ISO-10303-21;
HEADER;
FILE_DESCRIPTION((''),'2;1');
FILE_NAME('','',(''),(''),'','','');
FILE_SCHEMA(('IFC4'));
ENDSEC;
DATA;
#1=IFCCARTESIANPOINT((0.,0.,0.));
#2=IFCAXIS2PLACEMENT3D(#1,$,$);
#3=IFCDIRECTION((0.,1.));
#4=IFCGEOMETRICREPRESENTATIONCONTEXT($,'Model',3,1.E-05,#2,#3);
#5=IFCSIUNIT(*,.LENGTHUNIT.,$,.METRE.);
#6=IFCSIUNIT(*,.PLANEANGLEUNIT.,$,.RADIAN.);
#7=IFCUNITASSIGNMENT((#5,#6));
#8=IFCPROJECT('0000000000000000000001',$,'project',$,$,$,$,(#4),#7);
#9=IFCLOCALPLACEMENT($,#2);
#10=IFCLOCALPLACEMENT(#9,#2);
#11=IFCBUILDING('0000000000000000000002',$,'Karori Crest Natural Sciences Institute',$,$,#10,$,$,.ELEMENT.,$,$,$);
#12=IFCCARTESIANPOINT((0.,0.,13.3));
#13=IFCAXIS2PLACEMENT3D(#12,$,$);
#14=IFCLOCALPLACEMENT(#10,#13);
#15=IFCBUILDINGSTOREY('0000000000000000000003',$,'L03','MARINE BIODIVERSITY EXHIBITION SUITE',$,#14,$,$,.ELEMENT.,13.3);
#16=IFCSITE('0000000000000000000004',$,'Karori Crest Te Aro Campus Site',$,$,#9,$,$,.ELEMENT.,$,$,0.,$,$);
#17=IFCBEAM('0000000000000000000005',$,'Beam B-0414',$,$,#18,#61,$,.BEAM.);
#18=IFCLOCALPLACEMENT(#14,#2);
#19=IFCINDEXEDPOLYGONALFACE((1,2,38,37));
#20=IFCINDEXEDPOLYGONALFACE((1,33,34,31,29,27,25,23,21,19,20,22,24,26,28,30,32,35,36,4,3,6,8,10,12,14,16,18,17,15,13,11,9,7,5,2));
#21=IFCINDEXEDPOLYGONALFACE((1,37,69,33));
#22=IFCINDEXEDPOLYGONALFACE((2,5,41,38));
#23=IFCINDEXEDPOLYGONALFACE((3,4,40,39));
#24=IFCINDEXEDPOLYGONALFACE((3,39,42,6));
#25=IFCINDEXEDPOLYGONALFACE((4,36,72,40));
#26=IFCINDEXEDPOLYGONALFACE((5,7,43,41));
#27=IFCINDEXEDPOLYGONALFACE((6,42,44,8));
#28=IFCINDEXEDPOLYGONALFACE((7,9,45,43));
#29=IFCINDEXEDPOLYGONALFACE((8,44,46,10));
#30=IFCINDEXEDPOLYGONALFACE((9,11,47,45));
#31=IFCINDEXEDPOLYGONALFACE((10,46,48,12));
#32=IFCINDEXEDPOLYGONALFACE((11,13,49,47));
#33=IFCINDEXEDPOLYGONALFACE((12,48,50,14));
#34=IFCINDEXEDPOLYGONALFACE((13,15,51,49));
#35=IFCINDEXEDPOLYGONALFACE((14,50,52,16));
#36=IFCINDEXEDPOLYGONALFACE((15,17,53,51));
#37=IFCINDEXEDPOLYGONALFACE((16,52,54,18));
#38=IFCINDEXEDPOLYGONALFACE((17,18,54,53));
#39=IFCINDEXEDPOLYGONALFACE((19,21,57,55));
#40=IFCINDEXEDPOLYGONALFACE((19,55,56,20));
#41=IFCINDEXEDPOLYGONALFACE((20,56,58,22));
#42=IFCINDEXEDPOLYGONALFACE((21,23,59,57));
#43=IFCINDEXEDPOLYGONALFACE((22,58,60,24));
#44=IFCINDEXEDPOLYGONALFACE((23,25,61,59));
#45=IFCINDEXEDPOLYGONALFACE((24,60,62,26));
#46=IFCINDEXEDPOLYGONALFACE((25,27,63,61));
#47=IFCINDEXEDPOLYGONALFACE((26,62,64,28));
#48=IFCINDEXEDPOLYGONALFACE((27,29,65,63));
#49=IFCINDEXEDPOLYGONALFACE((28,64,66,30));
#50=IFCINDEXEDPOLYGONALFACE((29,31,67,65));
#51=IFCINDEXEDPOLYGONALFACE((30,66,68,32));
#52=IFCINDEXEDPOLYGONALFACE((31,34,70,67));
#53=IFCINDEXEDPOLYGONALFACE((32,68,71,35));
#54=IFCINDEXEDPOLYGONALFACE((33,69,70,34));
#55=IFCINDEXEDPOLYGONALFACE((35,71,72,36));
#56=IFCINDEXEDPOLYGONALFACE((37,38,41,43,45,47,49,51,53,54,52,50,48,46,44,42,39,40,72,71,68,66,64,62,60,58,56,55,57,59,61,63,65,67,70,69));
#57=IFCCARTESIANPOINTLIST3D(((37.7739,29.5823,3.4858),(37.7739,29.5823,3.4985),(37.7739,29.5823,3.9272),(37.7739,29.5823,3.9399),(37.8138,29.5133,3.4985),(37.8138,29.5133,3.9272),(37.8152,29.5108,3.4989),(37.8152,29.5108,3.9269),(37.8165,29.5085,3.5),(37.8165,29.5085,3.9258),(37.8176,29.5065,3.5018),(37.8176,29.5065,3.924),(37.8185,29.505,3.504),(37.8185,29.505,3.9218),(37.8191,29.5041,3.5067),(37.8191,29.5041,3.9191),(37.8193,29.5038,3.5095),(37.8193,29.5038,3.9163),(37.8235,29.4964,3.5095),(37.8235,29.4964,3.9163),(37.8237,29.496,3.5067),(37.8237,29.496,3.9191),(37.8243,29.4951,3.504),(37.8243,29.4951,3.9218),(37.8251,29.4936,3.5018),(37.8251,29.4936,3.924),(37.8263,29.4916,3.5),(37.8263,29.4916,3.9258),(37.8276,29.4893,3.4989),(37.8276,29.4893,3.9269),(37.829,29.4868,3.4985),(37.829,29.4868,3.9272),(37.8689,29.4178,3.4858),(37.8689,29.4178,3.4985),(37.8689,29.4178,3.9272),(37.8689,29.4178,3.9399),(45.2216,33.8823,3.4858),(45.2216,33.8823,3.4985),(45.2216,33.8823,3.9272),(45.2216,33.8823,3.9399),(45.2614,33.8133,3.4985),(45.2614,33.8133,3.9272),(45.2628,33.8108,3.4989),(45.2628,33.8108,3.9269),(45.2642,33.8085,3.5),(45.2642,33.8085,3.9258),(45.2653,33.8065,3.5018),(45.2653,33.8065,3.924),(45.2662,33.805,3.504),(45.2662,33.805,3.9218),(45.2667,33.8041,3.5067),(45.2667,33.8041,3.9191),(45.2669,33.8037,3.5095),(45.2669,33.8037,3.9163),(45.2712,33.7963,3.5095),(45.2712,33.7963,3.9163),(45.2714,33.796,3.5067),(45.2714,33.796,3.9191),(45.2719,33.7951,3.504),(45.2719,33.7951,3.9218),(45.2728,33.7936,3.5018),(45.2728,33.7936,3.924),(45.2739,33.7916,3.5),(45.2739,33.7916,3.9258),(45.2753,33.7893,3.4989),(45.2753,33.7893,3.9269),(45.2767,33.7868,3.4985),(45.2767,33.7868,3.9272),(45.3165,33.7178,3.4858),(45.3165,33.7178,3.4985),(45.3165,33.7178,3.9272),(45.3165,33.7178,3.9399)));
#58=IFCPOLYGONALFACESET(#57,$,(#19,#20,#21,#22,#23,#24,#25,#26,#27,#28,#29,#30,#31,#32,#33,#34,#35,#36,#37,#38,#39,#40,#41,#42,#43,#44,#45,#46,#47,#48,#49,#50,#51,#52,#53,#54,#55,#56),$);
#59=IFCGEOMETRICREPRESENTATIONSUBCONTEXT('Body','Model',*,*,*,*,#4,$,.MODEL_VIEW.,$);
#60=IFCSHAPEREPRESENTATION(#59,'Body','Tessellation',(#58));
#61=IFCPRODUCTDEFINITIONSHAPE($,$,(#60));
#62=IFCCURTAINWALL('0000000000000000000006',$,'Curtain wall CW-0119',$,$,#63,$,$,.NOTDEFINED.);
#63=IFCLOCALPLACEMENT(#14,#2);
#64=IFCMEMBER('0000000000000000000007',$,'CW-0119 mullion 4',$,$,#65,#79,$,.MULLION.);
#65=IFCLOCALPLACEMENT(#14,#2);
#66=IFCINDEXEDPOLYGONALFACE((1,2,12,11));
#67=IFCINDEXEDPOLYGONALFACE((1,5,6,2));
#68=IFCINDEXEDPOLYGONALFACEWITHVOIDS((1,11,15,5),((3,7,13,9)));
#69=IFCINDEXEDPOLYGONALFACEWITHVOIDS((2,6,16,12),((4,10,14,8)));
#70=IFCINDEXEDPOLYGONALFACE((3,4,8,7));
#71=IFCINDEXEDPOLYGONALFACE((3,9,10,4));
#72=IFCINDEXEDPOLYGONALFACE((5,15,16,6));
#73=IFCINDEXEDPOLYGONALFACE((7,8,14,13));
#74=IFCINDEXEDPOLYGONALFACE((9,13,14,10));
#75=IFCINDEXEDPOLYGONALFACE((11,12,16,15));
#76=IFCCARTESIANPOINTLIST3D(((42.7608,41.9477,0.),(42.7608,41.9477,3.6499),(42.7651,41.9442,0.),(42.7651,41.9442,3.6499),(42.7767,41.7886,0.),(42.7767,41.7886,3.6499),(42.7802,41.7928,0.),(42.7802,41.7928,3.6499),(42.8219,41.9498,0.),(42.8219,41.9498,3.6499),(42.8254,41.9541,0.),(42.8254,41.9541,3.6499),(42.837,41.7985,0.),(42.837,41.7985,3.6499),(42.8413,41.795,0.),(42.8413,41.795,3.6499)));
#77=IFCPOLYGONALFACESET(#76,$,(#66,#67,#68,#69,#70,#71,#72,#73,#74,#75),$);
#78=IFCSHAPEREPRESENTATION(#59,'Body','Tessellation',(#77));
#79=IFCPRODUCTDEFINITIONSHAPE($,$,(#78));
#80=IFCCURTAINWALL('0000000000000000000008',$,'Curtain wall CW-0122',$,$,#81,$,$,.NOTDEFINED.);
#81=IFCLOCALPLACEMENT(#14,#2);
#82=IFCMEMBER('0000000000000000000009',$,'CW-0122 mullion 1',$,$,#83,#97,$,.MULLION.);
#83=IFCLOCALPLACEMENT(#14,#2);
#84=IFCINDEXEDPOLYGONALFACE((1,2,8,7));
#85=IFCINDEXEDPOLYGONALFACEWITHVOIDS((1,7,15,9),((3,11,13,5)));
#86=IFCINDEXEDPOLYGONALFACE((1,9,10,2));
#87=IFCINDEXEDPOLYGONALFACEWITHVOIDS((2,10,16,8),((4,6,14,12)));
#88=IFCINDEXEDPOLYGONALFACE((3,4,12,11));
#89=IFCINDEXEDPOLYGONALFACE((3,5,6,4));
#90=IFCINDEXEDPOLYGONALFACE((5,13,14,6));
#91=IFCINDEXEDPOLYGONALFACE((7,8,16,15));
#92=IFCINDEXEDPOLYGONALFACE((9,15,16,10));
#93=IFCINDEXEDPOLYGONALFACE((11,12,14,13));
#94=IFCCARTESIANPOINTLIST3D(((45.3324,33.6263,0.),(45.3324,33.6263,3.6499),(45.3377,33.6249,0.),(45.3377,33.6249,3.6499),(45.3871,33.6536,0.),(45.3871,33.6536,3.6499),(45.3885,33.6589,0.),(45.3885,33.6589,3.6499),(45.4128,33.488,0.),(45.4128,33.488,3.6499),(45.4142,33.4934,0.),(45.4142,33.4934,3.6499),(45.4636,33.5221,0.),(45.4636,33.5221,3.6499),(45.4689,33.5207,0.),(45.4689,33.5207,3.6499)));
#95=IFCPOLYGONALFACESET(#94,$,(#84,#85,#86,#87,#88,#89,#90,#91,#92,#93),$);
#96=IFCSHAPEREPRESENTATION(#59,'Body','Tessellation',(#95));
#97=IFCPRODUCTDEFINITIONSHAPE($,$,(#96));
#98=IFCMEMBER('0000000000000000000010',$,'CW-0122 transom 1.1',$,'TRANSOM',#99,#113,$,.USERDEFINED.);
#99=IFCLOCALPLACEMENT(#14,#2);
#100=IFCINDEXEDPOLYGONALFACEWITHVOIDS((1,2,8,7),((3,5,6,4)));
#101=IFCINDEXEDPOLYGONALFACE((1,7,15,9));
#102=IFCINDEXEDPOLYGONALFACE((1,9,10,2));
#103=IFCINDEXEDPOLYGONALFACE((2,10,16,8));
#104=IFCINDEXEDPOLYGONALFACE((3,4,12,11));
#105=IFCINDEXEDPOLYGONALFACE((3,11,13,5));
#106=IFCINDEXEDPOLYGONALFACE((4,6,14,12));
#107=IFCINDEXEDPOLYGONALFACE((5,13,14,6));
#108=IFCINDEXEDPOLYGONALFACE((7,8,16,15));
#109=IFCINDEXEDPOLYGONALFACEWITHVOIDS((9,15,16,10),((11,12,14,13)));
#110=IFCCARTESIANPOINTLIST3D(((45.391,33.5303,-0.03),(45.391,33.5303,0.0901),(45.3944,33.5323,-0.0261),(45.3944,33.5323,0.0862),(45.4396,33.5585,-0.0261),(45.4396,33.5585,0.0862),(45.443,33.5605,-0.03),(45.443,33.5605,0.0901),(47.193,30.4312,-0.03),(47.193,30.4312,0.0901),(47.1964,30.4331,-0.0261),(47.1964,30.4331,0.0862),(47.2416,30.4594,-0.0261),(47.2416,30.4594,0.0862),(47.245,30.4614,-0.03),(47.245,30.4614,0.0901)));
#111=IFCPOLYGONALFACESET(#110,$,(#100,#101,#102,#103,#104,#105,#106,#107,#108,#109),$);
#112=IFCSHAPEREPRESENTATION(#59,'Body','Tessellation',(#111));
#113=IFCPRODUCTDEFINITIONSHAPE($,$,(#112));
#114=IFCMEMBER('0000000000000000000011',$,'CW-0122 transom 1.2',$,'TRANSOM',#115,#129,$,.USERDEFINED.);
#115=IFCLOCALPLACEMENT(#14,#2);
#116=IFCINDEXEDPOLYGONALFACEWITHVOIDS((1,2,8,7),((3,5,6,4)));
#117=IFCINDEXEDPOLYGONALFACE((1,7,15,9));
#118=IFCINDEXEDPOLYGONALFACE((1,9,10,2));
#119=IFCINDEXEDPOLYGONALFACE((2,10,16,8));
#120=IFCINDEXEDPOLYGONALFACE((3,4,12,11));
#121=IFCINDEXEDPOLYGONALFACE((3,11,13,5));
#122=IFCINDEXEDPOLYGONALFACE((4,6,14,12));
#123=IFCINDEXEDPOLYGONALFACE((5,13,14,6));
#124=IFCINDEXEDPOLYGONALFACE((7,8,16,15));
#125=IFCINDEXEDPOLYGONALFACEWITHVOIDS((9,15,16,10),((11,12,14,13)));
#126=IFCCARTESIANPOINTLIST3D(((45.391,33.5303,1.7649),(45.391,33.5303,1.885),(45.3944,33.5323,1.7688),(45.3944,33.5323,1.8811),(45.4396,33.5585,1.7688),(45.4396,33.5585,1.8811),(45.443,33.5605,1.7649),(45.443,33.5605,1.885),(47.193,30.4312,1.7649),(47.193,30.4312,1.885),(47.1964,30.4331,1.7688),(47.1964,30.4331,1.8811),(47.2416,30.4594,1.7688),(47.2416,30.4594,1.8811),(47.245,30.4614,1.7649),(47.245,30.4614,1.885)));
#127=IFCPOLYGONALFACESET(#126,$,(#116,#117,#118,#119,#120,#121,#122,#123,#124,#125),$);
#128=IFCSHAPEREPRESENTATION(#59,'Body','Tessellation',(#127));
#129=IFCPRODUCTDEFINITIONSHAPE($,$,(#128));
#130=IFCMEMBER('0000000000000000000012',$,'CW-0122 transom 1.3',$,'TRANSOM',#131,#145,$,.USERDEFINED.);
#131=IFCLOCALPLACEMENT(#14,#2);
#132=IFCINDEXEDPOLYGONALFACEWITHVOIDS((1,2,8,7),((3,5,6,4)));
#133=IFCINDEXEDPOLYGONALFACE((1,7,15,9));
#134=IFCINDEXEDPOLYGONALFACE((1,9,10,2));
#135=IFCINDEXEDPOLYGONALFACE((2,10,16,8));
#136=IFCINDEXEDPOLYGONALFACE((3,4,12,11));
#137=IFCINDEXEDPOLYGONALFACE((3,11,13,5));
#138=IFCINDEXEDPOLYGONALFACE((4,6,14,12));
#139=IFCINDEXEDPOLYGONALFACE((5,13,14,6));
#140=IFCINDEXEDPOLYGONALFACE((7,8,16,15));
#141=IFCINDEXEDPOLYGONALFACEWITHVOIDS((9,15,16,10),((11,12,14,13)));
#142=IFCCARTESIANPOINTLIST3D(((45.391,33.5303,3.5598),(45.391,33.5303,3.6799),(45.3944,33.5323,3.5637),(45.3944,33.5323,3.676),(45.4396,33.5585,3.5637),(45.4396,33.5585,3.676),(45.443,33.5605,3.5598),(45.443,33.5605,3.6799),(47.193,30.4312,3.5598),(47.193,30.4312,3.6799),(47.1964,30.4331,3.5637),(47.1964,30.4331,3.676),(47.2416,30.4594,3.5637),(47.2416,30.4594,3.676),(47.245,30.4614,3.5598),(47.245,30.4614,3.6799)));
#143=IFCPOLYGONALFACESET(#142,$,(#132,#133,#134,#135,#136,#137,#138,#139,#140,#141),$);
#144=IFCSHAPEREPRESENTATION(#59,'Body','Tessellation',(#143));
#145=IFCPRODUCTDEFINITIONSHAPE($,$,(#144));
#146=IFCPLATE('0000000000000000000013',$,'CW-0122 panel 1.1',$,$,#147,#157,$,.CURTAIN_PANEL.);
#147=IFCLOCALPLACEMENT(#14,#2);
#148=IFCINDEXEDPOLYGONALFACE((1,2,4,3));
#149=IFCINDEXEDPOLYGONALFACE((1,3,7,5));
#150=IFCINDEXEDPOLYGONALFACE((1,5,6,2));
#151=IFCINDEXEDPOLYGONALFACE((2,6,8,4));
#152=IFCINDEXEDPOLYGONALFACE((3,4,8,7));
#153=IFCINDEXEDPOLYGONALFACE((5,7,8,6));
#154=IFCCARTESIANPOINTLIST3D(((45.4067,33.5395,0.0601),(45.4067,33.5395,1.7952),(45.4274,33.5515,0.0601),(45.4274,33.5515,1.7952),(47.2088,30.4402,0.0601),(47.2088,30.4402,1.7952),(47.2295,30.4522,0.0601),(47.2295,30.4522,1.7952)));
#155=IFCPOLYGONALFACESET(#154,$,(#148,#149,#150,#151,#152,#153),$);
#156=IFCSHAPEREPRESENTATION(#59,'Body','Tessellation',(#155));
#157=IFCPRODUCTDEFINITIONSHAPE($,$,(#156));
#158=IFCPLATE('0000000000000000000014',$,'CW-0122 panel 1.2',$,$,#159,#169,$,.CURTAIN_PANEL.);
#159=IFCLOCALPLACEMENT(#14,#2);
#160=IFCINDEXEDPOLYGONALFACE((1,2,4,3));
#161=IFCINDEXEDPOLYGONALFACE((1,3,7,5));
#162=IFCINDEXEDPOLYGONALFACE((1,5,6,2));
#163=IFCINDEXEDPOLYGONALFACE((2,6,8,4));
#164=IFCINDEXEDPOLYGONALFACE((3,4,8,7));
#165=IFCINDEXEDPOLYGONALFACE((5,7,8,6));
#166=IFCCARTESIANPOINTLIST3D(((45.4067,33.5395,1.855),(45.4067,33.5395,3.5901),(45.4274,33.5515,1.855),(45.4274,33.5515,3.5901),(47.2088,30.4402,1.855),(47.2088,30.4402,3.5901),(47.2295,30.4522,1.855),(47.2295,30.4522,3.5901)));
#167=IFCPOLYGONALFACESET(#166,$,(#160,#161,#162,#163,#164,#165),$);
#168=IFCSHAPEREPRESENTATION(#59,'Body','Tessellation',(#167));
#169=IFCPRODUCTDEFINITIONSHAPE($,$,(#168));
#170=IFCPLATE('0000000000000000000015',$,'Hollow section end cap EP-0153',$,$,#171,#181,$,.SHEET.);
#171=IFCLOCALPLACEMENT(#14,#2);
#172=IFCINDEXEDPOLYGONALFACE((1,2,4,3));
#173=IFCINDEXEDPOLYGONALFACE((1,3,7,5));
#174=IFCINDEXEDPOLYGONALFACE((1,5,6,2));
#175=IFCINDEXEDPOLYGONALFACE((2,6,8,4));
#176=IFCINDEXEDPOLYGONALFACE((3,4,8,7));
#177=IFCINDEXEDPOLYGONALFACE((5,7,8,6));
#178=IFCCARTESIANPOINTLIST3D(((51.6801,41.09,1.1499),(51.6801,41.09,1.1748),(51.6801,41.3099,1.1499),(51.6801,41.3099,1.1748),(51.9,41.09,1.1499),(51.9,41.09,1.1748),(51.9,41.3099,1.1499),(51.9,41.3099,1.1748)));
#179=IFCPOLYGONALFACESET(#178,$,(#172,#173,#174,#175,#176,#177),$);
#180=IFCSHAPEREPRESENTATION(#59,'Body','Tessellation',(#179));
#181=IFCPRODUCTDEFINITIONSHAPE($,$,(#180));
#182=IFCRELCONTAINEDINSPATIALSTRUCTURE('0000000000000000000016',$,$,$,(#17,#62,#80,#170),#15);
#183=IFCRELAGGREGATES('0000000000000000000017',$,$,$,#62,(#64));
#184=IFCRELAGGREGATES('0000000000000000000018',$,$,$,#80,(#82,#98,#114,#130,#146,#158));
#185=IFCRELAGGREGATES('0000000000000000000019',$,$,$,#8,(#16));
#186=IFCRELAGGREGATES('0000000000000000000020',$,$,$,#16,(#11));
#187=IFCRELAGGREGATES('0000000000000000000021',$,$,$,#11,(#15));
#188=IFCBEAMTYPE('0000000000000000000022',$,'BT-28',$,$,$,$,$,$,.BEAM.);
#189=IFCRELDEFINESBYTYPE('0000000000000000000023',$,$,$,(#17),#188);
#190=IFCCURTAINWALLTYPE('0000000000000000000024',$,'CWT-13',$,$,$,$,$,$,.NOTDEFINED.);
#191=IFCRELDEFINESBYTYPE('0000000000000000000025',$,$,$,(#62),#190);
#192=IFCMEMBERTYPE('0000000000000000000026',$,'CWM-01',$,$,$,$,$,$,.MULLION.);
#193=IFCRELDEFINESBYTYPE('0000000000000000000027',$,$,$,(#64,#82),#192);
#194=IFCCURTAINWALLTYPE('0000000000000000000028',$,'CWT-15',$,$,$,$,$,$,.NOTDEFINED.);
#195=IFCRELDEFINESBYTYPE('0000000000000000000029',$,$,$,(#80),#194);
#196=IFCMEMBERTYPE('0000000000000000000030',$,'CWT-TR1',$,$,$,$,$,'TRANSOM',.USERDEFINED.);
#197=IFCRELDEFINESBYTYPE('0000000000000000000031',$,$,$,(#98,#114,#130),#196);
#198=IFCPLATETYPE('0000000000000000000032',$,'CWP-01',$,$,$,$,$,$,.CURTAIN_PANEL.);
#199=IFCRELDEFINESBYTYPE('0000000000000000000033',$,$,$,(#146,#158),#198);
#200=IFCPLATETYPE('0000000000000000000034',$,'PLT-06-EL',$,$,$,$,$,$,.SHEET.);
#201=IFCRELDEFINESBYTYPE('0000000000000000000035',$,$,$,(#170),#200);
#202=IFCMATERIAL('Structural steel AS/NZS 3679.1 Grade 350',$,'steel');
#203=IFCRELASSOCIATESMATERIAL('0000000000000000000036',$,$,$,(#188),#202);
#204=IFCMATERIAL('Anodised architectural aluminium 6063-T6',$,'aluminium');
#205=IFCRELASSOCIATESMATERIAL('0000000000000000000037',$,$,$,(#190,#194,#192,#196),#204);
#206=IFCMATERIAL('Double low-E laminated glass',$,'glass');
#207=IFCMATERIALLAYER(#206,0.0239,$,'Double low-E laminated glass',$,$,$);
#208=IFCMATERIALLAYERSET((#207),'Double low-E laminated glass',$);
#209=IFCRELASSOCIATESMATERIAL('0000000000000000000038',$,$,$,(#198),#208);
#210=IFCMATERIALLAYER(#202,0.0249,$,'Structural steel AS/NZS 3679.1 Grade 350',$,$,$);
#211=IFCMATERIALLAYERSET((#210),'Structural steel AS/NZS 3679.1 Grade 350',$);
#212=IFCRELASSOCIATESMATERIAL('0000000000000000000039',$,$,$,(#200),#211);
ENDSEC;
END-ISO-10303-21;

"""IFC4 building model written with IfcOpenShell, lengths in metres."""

from ifc_helpers import new_model, si_unit, direction, frame, origin, origin_2d, place, context, subcontext, project, spatial, rectangle, hollow_rectangle, i_section, extrude, material, layer, layer_set, material_profile, profile_set, type_object, element, aggregate, save


model = new_model("IFC4")

# Units and contexts
model_context = context("Model", 3, precision=1e-05, world=origin(), true_north=direction((0.0, 1.0)))
body_context = subcontext(model_context, "Body", "Model", "MODEL_VIEW")
ifc_project = project(units=[si_unit("LENGTHUNIT", "METRE"), si_unit("PLANEANGLEUNIT", "RADIAN")], contexts=[model_context])

# Site, building, storey
site_placement = place(None, origin())
site = spatial("IfcSite", under=ifc_project, at=site_placement, Name="Karori Crest Te Aro Campus Site", CompositionType="ELEMENT", RefElevation=0.0)
building_placement = place(site_placement, origin())
building = spatial("IfcBuilding", under=site, at=building_placement, Name="Karori Crest Natural Sciences Institute", CompositionType="ELEMENT")
storey_placement = place(building_placement, frame((0.0, 0.0, 13.3)))
storey = spatial("IfcBuildingStorey", under=building, at=storey_placement, Name="L03", Description="MARINE BIODIVERSITY EXHIBITION SUITE", CompositionType="ELEMENT", Elevation=13.3)

# Beam
ifc_material_1 = material(Name="Structural steel AS/NZS 3679.1 Grade 350", Category="steel")
ifc_material_profile_1 = material_profile(ifc_material_1, i_section(OverallWidth=0.1899, OverallDepth=0.4541, WebThickness=0.0085, FlangeThickness=0.0127, FilletRadius=0.011, at=origin_2d()), Name="460UB67.1")
ifc_profile_set_1 = profile_set([ifc_material_profile_1], Name="Structural steel AS/NZS 3679.1 Grade 350")
beam_type_1 = type_object("IfcBeamType", Name="BT-28", PredefinedType="BEAM", material=ifc_profile_set_1)
beam_1_placement = place(storey_placement, frame((45.269, 33.8, 3.7129), z_axis=(-0.866021, -0.500008, 0.0), x_axis=(0.500008, -0.866021, 0.0)))
element("IfcBeam", 1, at=beam_1_placement, inside=storey, type_object=beam_type_1, Name="Beam B-0414", PredefinedType="BEAM", context=body_context, shape_type="SweptSolid", body=[
    extrude(i_section(OverallWidth=0.1899, OverallDepth=0.4541, WebThickness=0.0085, FlangeThickness=0.0127, FilletRadius=0.011, at=origin_2d()), origin(), (0.0, 0.0, 1.0), 8.5999),
])

# Curtain wall, member
ifc_material_2 = material(Name="Anodised architectural aluminium 6063-T6", Category="aluminium")
curtain_wall_type_1 = type_object("IfcCurtainWallType", Name="CWT-13", PredefinedType="NOTDEFINED", material=ifc_material_2)
curtain_wall_1_placement = place(storey_placement, origin())
curtain_wall_1 = element("IfcCurtainWall", 2, at=curtain_wall_1_placement, inside=storey, type_object=curtain_wall_type_1, Name="Curtain wall CW-0119", PredefinedType="NOTDEFINED")
ifc_material_profile_2 = material_profile(ifc_material_2, hollow_rectangle(XDim=0.0649, YDim=0.1599, WallThickness=0.0039, at=origin_2d()), Name="CWM160x65x4")
ifc_profile_set_2 = profile_set([ifc_material_profile_2], Name="Anodised architectural aluminium 6063-T6")
member_type_1 = type_object("IfcMemberType", Name="CWM-01", PredefinedType="MULLION", material=ifc_profile_set_2)
member_1_placement = place(storey_placement, frame((42.801, 41.8713, 0.0), z_axis=(0.0, 0.0, 1.0), x_axis=(0.995061, 0.099268, 0.0)))
member_1 = element("IfcMember", 3, at=member_1_placement, type_object=member_type_1, Name="CW-0119 mullion 4", PredefinedType="MULLION", context=body_context, shape_type="SweptSolid", body=[
    extrude(hollow_rectangle(XDim=0.0649, YDim=0.1599, WallThickness=0.0039, at=origin_2d()), origin(), (0.0, 0.0, 1.0), 3.6499),
])
aggregate(curtain_wall_1, [member_1])

# Curtain wall, members, plates
curtain_wall_type_2 = type_object("IfcCurtainWallType", Name="CWT-15", PredefinedType="NOTDEFINED", material=ifc_material_2)
curtain_wall_2_placement = place(storey_placement, origin())
curtain_wall_2 = element("IfcCurtainWall", 4, at=curtain_wall_2_placement, inside=storey, type_object=curtain_wall_type_2, Name="Curtain wall CW-0122", PredefinedType="NOTDEFINED")
member_2_placement = place(storey_placement, frame((45.4006, 33.5735, 0.0), z_axis=(0.0, 0.0, 1.0), x_axis=(0.864487, 0.502655, 0.0)))
member_2 = element("IfcMember", 5, at=member_2_placement, type_object=member_type_1, Name="CW-0122 mullion 1", PredefinedType="MULLION", context=body_context, shape_type="SweptSolid", body=[
    extrude(hollow_rectangle(XDim=0.0649, YDim=0.1599, WallThickness=0.0039, at=origin_2d()), origin(), (0.0, 0.0, 1.0), 3.6499),
])
ifc_material_profile_3 = material_profile(ifc_material_2, hollow_rectangle(XDim=0.0601, YDim=0.1201, WallThickness=0.0039, at=origin_2d()), Name="CWT120x60x4")
ifc_profile_set_3 = profile_set([ifc_material_profile_3], Name="Anodised architectural aluminium 6063-T6")
member_type_2 = type_object("IfcMemberType", Name="CWT-TR1", ElementType="TRANSOM", PredefinedType="USERDEFINED", material=ifc_profile_set_3)
member_3_placement = place(storey_placement, frame((45.417, 33.5454, 0.03), z_axis=(0.50266, -0.864484, 0.0), x_axis=(0.864484, 0.50266, 0.0)))
member_3 = element("IfcMember", 6, at=member_3_placement, type_object=member_type_2, Name="CW-0122 transom 1.1", ObjectType="TRANSOM", PredefinedType="USERDEFINED", context=body_context, shape_type="SweptSolid", body=[
    extrude(hollow_rectangle(XDim=0.0601, YDim=0.1201, WallThickness=0.0039, at=origin_2d()), origin(), (0.0, 0.0, 1.0), 3.585),
])
member_4_placement = place(storey_placement, frame((45.417, 33.5454, 1.825), z_axis=(0.50266, -0.864484, 0.0), x_axis=(0.864484, 0.50266, 0.0)))
member_4 = element("IfcMember", 7, at=member_4_placement, type_object=member_type_2, Name="CW-0122 transom 1.2", ObjectType="TRANSOM", PredefinedType="USERDEFINED", context=body_context, shape_type="SweptSolid", body=[
    extrude(hollow_rectangle(XDim=0.0601, YDim=0.1201, WallThickness=0.0039, at=origin_2d()), origin(), (0.0, 0.0, 1.0), 3.585),
])
member_5_placement = place(storey_placement, frame((45.417, 33.5454, 3.6199), z_axis=(0.50266, -0.864484, 0.0), x_axis=(0.864484, 0.50266, 0.0)))
member_5 = element("IfcMember", 8, at=member_5_placement, type_object=member_type_2, Name="CW-0122 transom 1.3", ObjectType="TRANSOM", PredefinedType="USERDEFINED", context=body_context, shape_type="SweptSolid", body=[
    extrude(hollow_rectangle(XDim=0.0601, YDim=0.1201, WallThickness=0.0039, at=origin_2d()), origin(), (0.0, 0.0, 1.0), 3.585),
])
ifc_material_3 = material(Name="Double low-E laminated glass", Category="glass")
ifc_layer_1 = layer(ifc_material_3, 0.0239, Name="Double low-E laminated glass")
ifc_layer_set_1 = layer_set([ifc_layer_1], Name="Double low-E laminated glass")
plate_type_1 = type_object("IfcPlateType", Name="CWP-01", PredefinedType="CURTAIN_PANEL", material=ifc_layer_set_1)
plate_1_placement = place(storey_placement, frame((46.3181, 31.9958, 0.0601), z_axis=(0.0, 0.0, 1.0), x_axis=(0.502655, -0.864487, 0.0)))
plate_1 = element("IfcPlate", 9, at=plate_1_placement, type_object=plate_type_1, Name="CW-0122 panel 1.1", PredefinedType="CURTAIN_PANEL", context=body_context, shape_type="SweptSolid", body=[
    extrude(rectangle(XDim=3.5852, YDim=0.0239, at=origin_2d()), origin(), (0.0, 0.0, 1.0), 1.7351),
])
plate_2_placement = place(storey_placement, frame((46.3181, 31.9958, 1.855), z_axis=(0.0, 0.0, 1.0), x_axis=(0.502655, -0.864487, 0.0)))
plate_2 = element("IfcPlate", 10, at=plate_2_placement, type_object=plate_type_1, Name="CW-0122 panel 1.2", PredefinedType="CURTAIN_PANEL", context=body_context, shape_type="SweptSolid", body=[
    extrude(rectangle(XDim=3.5852, YDim=0.0239, at=origin_2d()), origin(), (0.0, 0.0, 1.0), 1.7351),
])
aggregate(curtain_wall_2, [member_2, member_3, member_4, member_5, plate_1, plate_2])

# Plate
ifc_layer_2 = layer(ifc_material_1, 0.0249, Name="Structural steel AS/NZS 3679.1 Grade 350")
ifc_layer_set_2 = layer_set([ifc_layer_2], Name="Structural steel AS/NZS 3679.1 Grade 350")
plate_type_2 = type_object("IfcPlateType", Name="PLT-06-EL", PredefinedType="SHEET", material=ifc_layer_set_2)
plate_3_placement = place(storey_placement, frame((51.79, 41.2, 1.1499), z_axis=(0.0, 0.0, 1.0), x_axis=(1.0, 0.0, 0.0)))
element("IfcPlate", 11, at=plate_3_placement, inside=storey, type_object=plate_type_2, Name="Hollow section end cap EP-0153", PredefinedType="SHEET", context=body_context, shape_type="SweptSolid", body=[
    extrude(rectangle(XDim=0.22, YDim=0.22, at=origin_2d()), origin(), (0.0, 0.0, 1.0), 0.0249),
])

save(model, "model.ifc")
